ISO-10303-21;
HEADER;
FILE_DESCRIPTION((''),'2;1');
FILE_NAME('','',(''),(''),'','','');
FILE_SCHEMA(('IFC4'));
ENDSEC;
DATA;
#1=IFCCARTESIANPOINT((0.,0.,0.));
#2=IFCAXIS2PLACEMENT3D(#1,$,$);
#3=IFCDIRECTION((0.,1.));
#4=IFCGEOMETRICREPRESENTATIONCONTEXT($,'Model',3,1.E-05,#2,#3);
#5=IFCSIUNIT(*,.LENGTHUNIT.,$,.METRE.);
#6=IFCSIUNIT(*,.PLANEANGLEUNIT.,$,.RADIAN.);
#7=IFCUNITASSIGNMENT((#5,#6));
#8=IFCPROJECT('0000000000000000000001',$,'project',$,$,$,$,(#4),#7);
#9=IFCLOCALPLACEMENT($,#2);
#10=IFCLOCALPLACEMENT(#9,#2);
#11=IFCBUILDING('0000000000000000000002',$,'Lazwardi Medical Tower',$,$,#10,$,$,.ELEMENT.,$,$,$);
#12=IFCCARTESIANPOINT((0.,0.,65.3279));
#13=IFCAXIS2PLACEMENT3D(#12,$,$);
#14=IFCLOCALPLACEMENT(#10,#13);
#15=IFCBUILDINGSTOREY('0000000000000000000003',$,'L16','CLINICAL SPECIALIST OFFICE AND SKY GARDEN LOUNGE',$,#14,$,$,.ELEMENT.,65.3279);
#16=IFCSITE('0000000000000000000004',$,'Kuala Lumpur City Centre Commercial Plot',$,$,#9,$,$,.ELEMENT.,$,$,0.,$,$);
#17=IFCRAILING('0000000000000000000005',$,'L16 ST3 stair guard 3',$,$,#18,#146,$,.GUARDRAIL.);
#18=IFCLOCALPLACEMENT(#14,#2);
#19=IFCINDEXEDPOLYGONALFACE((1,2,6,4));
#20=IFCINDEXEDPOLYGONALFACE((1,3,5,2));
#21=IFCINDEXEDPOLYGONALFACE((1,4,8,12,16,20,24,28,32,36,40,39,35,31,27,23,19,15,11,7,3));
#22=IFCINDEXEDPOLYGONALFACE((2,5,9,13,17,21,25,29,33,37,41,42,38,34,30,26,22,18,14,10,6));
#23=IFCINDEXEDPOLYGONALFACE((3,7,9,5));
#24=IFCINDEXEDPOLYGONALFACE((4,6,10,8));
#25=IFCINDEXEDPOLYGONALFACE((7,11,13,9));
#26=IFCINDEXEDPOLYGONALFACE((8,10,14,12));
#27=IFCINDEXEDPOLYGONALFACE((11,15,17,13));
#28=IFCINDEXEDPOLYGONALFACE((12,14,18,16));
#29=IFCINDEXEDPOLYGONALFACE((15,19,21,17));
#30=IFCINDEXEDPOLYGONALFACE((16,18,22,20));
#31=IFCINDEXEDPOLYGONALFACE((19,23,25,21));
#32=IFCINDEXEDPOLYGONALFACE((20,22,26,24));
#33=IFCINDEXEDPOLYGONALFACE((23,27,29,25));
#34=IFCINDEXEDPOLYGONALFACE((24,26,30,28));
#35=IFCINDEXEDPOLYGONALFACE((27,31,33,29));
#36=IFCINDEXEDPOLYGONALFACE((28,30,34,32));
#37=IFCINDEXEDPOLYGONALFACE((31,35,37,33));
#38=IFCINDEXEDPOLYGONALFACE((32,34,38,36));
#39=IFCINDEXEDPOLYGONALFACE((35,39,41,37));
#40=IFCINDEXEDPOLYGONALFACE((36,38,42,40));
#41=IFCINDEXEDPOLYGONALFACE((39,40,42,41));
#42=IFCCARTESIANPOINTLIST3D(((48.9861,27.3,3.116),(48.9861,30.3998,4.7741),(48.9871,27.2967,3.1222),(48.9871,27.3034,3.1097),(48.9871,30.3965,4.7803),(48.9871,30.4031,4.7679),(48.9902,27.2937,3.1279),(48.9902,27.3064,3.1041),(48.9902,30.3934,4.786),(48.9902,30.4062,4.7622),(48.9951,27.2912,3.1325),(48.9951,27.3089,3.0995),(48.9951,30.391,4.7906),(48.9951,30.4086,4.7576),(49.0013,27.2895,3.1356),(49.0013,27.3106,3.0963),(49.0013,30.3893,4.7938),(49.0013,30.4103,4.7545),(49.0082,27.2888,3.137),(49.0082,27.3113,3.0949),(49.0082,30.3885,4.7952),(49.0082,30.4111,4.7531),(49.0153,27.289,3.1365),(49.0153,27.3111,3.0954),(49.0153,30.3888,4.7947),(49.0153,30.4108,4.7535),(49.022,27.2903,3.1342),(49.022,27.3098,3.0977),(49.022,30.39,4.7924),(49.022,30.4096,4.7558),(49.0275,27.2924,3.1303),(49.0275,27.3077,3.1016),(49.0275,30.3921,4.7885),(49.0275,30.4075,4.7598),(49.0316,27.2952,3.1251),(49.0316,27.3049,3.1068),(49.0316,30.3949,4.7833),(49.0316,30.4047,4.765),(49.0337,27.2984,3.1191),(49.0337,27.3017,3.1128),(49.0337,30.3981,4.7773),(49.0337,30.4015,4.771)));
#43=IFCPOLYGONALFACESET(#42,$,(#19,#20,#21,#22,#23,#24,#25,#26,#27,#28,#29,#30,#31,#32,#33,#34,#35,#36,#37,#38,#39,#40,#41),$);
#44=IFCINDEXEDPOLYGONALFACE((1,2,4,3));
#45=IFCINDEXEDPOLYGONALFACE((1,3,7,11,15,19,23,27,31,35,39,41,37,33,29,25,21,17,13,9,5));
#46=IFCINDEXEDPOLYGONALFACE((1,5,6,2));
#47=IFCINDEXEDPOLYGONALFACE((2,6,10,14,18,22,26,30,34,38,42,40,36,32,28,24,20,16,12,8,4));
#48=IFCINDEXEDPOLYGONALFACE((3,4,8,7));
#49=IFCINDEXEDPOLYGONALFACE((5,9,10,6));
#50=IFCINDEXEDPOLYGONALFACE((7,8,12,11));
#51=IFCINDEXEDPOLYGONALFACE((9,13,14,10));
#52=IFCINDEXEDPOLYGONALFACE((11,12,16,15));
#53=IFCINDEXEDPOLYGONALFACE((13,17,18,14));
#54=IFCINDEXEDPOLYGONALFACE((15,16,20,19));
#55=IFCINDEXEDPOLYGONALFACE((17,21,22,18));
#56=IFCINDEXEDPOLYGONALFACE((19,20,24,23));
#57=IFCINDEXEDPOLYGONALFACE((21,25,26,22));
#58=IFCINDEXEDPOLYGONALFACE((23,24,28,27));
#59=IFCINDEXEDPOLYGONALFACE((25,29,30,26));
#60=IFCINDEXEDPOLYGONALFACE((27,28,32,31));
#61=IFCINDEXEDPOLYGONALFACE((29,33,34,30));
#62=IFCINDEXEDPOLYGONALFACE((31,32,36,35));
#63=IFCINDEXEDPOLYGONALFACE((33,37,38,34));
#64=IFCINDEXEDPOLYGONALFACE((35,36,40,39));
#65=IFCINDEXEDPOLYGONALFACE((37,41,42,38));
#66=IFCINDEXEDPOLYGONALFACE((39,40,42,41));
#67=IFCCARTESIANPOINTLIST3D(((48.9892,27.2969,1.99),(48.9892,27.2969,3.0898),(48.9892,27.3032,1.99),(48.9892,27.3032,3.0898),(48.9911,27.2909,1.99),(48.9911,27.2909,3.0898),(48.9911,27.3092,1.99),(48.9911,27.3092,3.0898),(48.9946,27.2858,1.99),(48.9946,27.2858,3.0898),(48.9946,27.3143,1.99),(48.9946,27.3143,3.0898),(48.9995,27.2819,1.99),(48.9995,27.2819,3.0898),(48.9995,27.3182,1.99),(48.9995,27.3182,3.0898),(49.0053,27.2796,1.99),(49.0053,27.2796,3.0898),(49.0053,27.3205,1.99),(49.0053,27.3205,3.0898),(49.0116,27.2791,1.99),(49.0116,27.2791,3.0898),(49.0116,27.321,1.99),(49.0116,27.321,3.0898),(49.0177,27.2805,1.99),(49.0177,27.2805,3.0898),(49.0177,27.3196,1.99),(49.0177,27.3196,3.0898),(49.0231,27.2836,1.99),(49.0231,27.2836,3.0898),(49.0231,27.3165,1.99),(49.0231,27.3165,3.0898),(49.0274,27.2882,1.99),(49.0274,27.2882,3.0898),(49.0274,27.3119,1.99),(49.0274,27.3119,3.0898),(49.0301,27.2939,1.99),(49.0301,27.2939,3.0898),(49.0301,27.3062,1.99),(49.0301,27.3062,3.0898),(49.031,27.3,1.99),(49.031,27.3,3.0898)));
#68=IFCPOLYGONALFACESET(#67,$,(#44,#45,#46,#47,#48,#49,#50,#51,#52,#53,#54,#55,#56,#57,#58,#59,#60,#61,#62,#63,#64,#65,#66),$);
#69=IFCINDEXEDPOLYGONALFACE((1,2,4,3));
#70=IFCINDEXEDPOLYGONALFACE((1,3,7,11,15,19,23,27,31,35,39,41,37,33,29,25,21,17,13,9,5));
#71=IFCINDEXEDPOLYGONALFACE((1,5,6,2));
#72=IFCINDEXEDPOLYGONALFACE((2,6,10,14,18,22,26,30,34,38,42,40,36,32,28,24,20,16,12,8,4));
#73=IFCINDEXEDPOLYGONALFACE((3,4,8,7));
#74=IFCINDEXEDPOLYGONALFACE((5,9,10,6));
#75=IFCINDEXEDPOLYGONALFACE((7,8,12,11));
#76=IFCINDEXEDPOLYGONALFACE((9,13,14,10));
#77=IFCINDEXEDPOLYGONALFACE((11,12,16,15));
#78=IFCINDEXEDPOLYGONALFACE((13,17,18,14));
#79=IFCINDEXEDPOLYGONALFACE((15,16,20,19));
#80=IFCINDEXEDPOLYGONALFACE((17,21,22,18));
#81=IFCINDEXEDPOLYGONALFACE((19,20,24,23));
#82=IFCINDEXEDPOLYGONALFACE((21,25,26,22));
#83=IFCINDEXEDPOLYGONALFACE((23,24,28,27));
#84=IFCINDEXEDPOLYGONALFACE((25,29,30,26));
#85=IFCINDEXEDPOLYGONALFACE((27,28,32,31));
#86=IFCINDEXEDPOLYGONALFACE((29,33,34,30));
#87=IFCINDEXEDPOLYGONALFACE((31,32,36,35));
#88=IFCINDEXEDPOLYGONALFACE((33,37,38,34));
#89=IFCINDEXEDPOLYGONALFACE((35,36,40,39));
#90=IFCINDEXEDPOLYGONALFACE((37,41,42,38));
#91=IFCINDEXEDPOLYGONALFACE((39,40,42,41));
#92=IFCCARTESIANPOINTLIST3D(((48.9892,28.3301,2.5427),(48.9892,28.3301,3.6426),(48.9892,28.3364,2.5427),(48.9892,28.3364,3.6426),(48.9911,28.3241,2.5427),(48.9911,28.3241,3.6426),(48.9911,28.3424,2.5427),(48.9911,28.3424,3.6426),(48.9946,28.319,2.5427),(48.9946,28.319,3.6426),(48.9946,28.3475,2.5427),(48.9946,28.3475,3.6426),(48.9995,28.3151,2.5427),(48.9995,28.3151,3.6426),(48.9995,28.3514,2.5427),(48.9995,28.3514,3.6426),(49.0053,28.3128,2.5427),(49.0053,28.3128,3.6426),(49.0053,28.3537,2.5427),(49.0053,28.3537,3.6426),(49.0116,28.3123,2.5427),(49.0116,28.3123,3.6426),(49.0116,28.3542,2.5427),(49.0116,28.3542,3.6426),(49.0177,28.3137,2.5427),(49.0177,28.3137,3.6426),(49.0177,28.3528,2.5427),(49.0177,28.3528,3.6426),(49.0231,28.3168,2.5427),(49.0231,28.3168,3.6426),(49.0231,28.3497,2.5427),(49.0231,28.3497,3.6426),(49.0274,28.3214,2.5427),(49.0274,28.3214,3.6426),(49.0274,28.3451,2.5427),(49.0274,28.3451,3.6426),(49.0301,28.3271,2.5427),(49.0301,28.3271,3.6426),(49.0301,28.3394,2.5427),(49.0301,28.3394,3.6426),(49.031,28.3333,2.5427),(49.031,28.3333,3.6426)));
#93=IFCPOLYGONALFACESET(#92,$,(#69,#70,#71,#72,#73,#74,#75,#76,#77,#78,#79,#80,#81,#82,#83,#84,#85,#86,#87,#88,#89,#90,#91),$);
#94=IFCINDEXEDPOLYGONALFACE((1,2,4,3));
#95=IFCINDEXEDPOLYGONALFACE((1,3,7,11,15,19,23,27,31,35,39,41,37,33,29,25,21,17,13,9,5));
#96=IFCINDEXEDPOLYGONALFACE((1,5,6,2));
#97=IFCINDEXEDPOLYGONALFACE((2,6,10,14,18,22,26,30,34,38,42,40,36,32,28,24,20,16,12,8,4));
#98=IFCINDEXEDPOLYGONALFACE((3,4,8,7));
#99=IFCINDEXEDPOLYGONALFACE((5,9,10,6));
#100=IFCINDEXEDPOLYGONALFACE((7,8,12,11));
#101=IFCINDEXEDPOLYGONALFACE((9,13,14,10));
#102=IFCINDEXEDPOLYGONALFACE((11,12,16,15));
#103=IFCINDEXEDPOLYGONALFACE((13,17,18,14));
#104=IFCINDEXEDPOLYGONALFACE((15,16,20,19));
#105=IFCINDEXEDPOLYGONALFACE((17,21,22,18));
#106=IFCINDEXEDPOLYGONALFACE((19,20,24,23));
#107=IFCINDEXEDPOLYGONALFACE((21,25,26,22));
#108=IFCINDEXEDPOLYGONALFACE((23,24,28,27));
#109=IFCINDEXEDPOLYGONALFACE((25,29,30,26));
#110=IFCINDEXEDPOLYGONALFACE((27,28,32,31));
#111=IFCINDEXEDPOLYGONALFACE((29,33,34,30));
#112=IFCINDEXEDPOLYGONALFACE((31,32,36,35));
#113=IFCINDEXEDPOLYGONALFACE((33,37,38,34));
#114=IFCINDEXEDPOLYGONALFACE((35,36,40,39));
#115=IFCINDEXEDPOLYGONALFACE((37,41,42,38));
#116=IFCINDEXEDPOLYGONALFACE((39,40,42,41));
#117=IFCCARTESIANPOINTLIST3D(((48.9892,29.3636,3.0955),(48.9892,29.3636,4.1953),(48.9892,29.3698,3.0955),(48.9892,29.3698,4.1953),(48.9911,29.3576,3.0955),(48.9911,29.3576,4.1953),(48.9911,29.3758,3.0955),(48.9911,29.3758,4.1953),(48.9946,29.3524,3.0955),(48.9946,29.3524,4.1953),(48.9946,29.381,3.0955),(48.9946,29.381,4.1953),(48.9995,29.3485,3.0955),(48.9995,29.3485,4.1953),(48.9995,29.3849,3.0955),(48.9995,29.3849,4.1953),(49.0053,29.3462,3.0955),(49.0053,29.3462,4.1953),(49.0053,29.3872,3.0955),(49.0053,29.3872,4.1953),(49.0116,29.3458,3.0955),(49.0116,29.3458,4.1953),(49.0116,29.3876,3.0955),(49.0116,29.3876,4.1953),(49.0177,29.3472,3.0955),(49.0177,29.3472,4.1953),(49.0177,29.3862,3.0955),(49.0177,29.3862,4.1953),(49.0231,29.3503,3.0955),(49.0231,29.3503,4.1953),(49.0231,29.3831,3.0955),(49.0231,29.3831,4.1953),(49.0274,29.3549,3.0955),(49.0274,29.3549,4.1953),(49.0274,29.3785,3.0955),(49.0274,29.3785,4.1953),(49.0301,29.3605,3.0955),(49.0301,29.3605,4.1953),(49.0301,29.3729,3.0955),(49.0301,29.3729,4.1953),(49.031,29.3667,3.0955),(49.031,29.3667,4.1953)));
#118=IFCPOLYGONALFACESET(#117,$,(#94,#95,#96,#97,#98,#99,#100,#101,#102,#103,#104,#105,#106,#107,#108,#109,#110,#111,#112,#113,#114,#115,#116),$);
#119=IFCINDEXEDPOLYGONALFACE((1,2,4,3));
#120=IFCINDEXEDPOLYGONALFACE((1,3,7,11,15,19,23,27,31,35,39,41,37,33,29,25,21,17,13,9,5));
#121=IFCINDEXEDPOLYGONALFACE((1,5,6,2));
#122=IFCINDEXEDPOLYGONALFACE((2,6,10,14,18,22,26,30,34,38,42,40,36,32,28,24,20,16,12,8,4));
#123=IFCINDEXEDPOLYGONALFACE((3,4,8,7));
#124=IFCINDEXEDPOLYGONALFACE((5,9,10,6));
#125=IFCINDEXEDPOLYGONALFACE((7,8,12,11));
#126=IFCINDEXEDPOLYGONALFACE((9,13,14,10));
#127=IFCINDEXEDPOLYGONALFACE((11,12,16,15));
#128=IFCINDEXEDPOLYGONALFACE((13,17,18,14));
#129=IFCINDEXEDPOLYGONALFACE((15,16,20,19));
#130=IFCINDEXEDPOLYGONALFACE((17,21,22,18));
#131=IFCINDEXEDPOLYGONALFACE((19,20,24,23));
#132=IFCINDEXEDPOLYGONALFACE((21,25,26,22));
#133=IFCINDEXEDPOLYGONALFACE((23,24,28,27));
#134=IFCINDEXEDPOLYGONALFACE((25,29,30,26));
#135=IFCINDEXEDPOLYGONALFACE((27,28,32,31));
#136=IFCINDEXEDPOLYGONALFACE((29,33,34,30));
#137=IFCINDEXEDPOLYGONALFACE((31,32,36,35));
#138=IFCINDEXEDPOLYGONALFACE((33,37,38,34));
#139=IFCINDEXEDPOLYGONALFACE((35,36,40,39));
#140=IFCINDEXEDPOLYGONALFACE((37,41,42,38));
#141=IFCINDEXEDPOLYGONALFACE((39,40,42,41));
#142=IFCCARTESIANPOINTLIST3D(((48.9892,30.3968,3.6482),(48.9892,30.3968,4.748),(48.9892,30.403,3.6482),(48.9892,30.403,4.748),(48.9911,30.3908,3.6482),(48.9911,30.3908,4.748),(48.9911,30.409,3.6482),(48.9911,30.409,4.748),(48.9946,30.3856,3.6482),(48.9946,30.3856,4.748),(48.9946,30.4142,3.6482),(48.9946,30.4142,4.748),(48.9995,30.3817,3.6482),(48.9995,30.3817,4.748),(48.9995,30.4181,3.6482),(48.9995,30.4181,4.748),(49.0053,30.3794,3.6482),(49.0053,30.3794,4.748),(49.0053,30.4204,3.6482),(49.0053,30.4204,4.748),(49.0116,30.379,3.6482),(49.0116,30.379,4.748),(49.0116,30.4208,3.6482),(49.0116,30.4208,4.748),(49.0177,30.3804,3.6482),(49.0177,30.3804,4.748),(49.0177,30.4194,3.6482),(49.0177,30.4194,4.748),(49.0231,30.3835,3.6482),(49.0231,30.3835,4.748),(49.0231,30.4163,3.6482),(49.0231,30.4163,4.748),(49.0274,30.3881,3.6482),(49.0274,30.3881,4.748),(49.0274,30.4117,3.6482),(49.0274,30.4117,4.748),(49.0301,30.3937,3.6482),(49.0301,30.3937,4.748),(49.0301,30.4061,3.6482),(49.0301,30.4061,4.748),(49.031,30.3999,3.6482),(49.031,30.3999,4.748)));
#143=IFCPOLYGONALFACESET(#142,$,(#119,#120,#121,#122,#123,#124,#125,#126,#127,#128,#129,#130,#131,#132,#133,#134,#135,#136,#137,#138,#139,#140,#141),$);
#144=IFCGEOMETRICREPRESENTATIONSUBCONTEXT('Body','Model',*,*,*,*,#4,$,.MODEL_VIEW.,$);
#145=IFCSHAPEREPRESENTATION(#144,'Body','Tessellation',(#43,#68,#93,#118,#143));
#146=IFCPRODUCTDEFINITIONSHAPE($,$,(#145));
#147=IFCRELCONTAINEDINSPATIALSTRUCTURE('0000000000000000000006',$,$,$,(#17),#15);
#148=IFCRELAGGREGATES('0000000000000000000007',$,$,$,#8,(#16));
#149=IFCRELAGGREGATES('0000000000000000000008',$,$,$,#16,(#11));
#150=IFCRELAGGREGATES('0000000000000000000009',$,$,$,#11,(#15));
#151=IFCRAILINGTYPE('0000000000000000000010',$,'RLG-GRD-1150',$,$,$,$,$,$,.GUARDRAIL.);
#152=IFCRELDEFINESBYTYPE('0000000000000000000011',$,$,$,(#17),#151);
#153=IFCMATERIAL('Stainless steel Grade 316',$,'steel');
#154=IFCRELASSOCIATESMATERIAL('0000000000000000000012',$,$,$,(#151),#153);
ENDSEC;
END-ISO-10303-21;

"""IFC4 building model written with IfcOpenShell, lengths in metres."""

from ifc_helpers import new_model, si_unit, direction, frame, origin, origin_2d, place, context, subcontext, project, spatial, circle, extrude, material, type_object, element, save


model = new_model("IFC4")

# Units and contexts
model_context = context("Model", 3, precision=1e-05, world=origin(), true_north=direction((0.0, 1.0)))
body_context = subcontext(model_context, "Body", "Model", "MODEL_VIEW")
ifc_project = project(units=[si_unit("LENGTHUNIT", "METRE"), si_unit("PLANEANGLEUNIT", "RADIAN")], contexts=[model_context])

# Site, building, storey
site_placement = place(None, origin())
site = spatial("IfcSite", under=ifc_project, at=site_placement, Name="Kuala Lumpur City Centre Commercial Plot", CompositionType="ELEMENT", RefElevation=0.0)
building_placement = place(site_placement, origin())
building = spatial("IfcBuilding", under=site, at=building_placement, Name="Lazwardi Medical Tower", CompositionType="ELEMENT")
storey_placement = place(building_placement, frame((0.0, 0.0, 65.3279)))
storey = spatial("IfcBuildingStorey", under=building, at=storey_placement, Name="L16", Description="CLINICAL SPECIALIST OFFICE AND SKY GARDEN LOUNGE", CompositionType="ELEMENT", Elevation=65.3279)

# Railing
ifc_material_1 = material(Name="Stainless steel Grade 316", Category="steel")
railing_type_1 = type_object("IfcRailingType", Name="RLG-GRD-1150", PredefinedType="GUARDRAIL", material=ifc_material_1)
railing_1_placement = place(storey_placement, frame((49.01, 27.3, 1.99)))
element("IfcRailing", 1, at=railing_1_placement, inside=storey, type_object=railing_type_1, Name="L16 ST3 stair guard 3", PredefinedType="GUARDRAIL", context=body_context, shape_type="SweptSolid", body=[
    extrude(circle(Radius=0.0239, at=origin_2d()), frame((0.0, 0.0, 1.126), z_axis=(0.0, 0.881768, 0.471684), x_axis=(-1.0, 0.0, 0.0)), (0.0, 0.0, 1.0), 3.5154),
    extrude(circle(Radius=0.021, at=origin_2d()), origin(), (0.0, 0.0, 1.0), 1.0999),
    extrude(circle(Radius=0.021, at=origin_2d()), frame((0.0, 1.0332, 0.5527)), (0.0, 0.0, 1.0), 1.0999),
    extrude(circle(Radius=0.021, at=origin_2d()), frame((0.0, 2.0667, 1.1055)), (0.0, 0.0, 1.0), 1.0999),
    extrude(circle(Radius=0.021, at=origin_2d()), frame((0.0, 3.0999, 1.6582)), (0.0, 0.0, 1.0), 1.0999),
])

save(model, "model.ifc")
